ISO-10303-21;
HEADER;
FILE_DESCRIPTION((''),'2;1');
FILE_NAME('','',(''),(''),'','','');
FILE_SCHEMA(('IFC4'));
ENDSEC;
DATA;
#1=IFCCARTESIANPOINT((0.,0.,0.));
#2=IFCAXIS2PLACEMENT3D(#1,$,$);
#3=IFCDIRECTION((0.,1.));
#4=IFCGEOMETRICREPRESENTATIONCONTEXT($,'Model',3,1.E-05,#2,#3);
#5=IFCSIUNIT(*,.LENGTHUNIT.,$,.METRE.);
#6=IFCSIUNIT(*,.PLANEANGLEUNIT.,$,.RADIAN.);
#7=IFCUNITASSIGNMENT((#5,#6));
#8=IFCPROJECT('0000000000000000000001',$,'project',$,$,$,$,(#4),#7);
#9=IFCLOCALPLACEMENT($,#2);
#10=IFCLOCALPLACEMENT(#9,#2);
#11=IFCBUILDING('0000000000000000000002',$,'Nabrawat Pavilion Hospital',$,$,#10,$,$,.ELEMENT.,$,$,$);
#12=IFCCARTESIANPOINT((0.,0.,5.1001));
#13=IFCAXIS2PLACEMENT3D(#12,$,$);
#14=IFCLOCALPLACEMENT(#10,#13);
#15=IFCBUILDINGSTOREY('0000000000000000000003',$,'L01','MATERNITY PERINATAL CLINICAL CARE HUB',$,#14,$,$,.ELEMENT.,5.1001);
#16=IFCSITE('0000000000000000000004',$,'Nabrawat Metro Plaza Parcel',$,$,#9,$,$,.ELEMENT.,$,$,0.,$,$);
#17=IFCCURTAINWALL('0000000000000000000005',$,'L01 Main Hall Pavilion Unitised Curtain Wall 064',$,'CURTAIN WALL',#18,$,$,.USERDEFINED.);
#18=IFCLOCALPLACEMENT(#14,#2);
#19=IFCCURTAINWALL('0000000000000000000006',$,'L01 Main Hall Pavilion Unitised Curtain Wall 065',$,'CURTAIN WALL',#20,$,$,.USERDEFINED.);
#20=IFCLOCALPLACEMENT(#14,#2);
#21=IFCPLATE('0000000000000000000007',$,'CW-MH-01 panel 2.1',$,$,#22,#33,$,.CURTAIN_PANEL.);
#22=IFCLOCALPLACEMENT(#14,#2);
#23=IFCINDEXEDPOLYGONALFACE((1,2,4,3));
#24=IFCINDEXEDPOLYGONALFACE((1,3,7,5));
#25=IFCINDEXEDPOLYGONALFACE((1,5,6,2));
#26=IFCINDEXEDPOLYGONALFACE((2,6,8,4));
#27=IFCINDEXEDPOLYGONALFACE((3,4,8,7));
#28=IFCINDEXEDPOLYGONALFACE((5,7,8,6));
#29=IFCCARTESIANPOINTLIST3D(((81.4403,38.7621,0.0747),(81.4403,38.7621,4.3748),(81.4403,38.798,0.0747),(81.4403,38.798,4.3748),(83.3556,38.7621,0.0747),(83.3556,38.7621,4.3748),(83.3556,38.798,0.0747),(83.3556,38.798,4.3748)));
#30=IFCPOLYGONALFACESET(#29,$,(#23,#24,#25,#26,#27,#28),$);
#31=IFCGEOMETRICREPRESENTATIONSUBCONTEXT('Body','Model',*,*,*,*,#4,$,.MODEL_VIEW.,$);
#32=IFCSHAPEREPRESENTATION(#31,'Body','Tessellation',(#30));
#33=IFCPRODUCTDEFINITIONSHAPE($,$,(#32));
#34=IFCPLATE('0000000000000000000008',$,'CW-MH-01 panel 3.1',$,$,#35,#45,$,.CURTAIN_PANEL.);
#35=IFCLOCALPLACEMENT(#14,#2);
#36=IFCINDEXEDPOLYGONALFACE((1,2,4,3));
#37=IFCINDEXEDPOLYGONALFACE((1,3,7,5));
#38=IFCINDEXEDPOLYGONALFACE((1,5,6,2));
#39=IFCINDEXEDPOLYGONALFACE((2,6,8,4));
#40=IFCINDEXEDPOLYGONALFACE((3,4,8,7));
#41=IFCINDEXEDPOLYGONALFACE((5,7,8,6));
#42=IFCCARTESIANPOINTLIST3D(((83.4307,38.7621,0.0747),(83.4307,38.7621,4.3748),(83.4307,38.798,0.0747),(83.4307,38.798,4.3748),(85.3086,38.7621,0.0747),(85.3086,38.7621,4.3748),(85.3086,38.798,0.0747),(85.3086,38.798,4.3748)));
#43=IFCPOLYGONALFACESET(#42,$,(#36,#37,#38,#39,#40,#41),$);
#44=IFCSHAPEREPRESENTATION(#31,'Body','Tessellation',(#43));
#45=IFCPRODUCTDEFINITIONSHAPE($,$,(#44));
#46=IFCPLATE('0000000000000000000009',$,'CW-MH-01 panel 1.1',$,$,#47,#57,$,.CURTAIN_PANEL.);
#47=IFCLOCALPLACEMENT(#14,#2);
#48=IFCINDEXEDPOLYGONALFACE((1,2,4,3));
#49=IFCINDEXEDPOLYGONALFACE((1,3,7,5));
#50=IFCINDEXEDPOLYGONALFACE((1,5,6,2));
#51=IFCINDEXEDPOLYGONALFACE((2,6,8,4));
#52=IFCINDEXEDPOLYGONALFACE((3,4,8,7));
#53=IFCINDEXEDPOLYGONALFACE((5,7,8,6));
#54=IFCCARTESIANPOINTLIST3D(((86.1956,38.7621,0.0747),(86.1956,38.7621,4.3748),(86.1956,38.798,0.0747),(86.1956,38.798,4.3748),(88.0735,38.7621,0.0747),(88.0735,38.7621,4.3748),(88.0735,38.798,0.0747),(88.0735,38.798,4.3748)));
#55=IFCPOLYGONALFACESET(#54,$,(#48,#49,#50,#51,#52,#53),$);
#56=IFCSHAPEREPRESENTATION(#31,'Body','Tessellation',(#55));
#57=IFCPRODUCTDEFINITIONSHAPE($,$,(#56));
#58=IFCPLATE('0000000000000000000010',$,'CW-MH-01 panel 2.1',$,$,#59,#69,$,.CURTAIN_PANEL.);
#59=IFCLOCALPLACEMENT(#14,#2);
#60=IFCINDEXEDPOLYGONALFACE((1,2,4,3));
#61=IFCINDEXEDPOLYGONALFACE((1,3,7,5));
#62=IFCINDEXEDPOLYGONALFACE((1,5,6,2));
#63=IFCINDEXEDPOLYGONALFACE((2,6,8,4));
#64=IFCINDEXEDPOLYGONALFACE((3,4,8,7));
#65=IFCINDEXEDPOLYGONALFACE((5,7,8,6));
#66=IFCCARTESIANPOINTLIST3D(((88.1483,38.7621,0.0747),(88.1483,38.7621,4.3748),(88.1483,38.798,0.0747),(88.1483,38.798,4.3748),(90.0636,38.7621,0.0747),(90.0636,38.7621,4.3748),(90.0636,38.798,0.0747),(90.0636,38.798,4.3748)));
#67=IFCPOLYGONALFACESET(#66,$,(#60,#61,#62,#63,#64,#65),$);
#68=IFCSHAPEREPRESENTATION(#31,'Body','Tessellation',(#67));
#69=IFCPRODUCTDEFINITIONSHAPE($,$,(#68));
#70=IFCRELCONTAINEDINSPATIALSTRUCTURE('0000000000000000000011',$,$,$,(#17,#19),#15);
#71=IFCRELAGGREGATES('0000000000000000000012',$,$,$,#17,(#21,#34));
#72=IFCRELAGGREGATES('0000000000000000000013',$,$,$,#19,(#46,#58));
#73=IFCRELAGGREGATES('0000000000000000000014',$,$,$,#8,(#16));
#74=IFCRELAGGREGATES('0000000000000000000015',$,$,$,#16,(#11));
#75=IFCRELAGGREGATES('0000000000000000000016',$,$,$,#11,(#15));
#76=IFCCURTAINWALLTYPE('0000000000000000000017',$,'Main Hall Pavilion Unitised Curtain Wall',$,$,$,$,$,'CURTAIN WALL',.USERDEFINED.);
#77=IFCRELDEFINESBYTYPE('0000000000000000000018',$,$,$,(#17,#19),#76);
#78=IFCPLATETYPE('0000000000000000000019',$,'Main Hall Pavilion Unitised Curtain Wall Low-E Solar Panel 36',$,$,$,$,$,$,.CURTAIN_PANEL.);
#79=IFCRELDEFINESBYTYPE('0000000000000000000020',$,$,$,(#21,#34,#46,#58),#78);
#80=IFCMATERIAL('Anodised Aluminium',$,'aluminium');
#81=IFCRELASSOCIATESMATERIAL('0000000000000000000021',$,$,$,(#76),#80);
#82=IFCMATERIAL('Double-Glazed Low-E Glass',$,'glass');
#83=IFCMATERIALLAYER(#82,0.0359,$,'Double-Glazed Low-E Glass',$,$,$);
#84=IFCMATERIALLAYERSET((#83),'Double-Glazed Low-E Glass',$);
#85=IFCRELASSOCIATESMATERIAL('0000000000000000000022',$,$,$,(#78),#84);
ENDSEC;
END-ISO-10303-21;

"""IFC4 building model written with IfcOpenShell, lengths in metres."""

from ifc_helpers import new_model, si_unit, direction, frame, origin, origin_2d, place, context, subcontext, project, spatial, rectangle, extrude, material, layer, layer_set, type_object, element, aggregate, save


model = new_model("IFC4")

# Units and contexts
model_context = context("Model", 3, precision=1e-05, world=origin(), true_north=direction((0.0, 1.0)))
body_context = subcontext(model_context, "Body", "Model", "MODEL_VIEW")
ifc_project = project(units=[si_unit("LENGTHUNIT", "METRE"), si_unit("PLANEANGLEUNIT", "RADIAN")], contexts=[model_context])

# Site, building, storey
site_placement = place(None, origin())
site = spatial("IfcSite", under=ifc_project, at=site_placement, Name="Nabrawat Metro Plaza Parcel", CompositionType="ELEMENT", RefElevation=0.0)
building_placement = place(site_placement, origin())
building = spatial("IfcBuilding", under=site, at=building_placement, Name="Nabrawat Pavilion Hospital", CompositionType="ELEMENT")
storey_placement = place(building_placement, frame((0.0, 0.0, 5.1001)))
storey = spatial("IfcBuildingStorey", under=building, at=storey_placement, Name="L01", Description="MATERNITY PERINATAL CLINICAL CARE HUB", CompositionType="ELEMENT", Elevation=5.1001)

# Curtain walls
ifc_material_1 = material(Name="Anodised Aluminium", Category="aluminium")
curtain_wall_type = type_object("IfcCurtainWallType", Name="Main Hall Pavilion Unitised Curtain Wall", ElementType="CURTAIN WALL", PredefinedType="USERDEFINED", material=ifc_material_1)
curtain_wall_1_placement = place(storey_placement, origin())
curtain_wall_1 = element("IfcCurtainWall", 1, at=curtain_wall_1_placement, inside=storey, type_object=curtain_wall_type, Name="L01 Main Hall Pavilion Unitised Curtain Wall 064", ObjectType="CURTAIN WALL", PredefinedType="USERDEFINED")
curtain_wall_2_placement = place(storey_placement, origin())
curtain_wall_2 = element("IfcCurtainWall", 2, at=curtain_wall_2_placement, inside=storey, type_object=curtain_wall_type, Name="L01 Main Hall Pavilion Unitised Curtain Wall 065", ObjectType="CURTAIN WALL", PredefinedType="USERDEFINED")

# Plates
ifc_material_2 = material(Name="Double-Glazed Low-E Glass", Category="glass")
ifc_layer = layer(ifc_material_2, 0.0359, Name="Double-Glazed Low-E Glass")
ifc_layer_set = layer_set([ifc_layer], Name="Double-Glazed Low-E Glass")
plate_type = type_object("IfcPlateType", Name="Main Hall Pavilion Unitised Curtain Wall Low-E Solar Panel 36", PredefinedType="CURTAIN_PANEL", material=ifc_layer_set)
plate_1_placement = place(storey_placement, frame((82.3979, 38.78, 0.0747), z_axis=(0.0, 0.0, 1.0), x_axis=(1.0, 0.0, 0.0)))
plate_1 = element("IfcPlate", 3, at=plate_1_placement, type_object=plate_type, Name="CW-MH-01 panel 2.1", PredefinedType="CURTAIN_PANEL", context=body_context, shape_type="SweptSolid", body=[
    extrude(rectangle(XDim=1.9153, YDim=0.0359, at=origin_2d()), origin(), (0.0, 0.0, 1.0), 4.3),
])
plate_2_placement = place(storey_placement, frame((84.3696, 38.78, 0.0747), z_axis=(0.0, 0.0, 1.0), x_axis=(1.0, 0.0, 0.0)))
plate_2 = element("IfcPlate", 4, at=plate_2_placement, type_object=plate_type, Name="CW-MH-01 panel 3.1", PredefinedType="CURTAIN_PANEL", context=body_context, shape_type="SweptSolid", body=[
    extrude(rectangle(XDim=1.8779, YDim=0.0359, at=origin_2d()), origin(), (0.0, 0.0, 1.0), 4.3),
])
aggregate(curtain_wall_1, [plate_1, plate_2])
plate_3_placement = place(storey_placement, frame((87.1345, 38.78, 0.0747), z_axis=(0.0, 0.0, 1.0), x_axis=(1.0, 0.0, 0.0)))
plate_3 = element("IfcPlate", 5, at=plate_3_placement, type_object=plate_type, Name="CW-MH-01 panel 1.1", PredefinedType="CURTAIN_PANEL", context=body_context, shape_type="SweptSolid", body=[
    extrude(rectangle(XDim=1.8779, YDim=0.0359, at=origin_2d()), origin(), (0.0, 0.0, 1.0), 4.3),
])
plate_4_placement = place(storey_placement, frame((89.106, 38.78, 0.0747), z_axis=(0.0, 0.0, 1.0), x_axis=(1.0, 0.0, 0.0)))
plate_4 = element("IfcPlate", 6, at=plate_4_placement, type_object=plate_type, Name="CW-MH-01 panel 2.1", PredefinedType="CURTAIN_PANEL", context=body_context, shape_type="SweptSolid", body=[
    extrude(rectangle(XDim=1.9153, YDim=0.0359, at=origin_2d()), origin(), (0.0, 0.0, 1.0), 4.3),
])
aggregate(curtain_wall_2, [plate_3, plate_4])

save(model, "model.ifc")
